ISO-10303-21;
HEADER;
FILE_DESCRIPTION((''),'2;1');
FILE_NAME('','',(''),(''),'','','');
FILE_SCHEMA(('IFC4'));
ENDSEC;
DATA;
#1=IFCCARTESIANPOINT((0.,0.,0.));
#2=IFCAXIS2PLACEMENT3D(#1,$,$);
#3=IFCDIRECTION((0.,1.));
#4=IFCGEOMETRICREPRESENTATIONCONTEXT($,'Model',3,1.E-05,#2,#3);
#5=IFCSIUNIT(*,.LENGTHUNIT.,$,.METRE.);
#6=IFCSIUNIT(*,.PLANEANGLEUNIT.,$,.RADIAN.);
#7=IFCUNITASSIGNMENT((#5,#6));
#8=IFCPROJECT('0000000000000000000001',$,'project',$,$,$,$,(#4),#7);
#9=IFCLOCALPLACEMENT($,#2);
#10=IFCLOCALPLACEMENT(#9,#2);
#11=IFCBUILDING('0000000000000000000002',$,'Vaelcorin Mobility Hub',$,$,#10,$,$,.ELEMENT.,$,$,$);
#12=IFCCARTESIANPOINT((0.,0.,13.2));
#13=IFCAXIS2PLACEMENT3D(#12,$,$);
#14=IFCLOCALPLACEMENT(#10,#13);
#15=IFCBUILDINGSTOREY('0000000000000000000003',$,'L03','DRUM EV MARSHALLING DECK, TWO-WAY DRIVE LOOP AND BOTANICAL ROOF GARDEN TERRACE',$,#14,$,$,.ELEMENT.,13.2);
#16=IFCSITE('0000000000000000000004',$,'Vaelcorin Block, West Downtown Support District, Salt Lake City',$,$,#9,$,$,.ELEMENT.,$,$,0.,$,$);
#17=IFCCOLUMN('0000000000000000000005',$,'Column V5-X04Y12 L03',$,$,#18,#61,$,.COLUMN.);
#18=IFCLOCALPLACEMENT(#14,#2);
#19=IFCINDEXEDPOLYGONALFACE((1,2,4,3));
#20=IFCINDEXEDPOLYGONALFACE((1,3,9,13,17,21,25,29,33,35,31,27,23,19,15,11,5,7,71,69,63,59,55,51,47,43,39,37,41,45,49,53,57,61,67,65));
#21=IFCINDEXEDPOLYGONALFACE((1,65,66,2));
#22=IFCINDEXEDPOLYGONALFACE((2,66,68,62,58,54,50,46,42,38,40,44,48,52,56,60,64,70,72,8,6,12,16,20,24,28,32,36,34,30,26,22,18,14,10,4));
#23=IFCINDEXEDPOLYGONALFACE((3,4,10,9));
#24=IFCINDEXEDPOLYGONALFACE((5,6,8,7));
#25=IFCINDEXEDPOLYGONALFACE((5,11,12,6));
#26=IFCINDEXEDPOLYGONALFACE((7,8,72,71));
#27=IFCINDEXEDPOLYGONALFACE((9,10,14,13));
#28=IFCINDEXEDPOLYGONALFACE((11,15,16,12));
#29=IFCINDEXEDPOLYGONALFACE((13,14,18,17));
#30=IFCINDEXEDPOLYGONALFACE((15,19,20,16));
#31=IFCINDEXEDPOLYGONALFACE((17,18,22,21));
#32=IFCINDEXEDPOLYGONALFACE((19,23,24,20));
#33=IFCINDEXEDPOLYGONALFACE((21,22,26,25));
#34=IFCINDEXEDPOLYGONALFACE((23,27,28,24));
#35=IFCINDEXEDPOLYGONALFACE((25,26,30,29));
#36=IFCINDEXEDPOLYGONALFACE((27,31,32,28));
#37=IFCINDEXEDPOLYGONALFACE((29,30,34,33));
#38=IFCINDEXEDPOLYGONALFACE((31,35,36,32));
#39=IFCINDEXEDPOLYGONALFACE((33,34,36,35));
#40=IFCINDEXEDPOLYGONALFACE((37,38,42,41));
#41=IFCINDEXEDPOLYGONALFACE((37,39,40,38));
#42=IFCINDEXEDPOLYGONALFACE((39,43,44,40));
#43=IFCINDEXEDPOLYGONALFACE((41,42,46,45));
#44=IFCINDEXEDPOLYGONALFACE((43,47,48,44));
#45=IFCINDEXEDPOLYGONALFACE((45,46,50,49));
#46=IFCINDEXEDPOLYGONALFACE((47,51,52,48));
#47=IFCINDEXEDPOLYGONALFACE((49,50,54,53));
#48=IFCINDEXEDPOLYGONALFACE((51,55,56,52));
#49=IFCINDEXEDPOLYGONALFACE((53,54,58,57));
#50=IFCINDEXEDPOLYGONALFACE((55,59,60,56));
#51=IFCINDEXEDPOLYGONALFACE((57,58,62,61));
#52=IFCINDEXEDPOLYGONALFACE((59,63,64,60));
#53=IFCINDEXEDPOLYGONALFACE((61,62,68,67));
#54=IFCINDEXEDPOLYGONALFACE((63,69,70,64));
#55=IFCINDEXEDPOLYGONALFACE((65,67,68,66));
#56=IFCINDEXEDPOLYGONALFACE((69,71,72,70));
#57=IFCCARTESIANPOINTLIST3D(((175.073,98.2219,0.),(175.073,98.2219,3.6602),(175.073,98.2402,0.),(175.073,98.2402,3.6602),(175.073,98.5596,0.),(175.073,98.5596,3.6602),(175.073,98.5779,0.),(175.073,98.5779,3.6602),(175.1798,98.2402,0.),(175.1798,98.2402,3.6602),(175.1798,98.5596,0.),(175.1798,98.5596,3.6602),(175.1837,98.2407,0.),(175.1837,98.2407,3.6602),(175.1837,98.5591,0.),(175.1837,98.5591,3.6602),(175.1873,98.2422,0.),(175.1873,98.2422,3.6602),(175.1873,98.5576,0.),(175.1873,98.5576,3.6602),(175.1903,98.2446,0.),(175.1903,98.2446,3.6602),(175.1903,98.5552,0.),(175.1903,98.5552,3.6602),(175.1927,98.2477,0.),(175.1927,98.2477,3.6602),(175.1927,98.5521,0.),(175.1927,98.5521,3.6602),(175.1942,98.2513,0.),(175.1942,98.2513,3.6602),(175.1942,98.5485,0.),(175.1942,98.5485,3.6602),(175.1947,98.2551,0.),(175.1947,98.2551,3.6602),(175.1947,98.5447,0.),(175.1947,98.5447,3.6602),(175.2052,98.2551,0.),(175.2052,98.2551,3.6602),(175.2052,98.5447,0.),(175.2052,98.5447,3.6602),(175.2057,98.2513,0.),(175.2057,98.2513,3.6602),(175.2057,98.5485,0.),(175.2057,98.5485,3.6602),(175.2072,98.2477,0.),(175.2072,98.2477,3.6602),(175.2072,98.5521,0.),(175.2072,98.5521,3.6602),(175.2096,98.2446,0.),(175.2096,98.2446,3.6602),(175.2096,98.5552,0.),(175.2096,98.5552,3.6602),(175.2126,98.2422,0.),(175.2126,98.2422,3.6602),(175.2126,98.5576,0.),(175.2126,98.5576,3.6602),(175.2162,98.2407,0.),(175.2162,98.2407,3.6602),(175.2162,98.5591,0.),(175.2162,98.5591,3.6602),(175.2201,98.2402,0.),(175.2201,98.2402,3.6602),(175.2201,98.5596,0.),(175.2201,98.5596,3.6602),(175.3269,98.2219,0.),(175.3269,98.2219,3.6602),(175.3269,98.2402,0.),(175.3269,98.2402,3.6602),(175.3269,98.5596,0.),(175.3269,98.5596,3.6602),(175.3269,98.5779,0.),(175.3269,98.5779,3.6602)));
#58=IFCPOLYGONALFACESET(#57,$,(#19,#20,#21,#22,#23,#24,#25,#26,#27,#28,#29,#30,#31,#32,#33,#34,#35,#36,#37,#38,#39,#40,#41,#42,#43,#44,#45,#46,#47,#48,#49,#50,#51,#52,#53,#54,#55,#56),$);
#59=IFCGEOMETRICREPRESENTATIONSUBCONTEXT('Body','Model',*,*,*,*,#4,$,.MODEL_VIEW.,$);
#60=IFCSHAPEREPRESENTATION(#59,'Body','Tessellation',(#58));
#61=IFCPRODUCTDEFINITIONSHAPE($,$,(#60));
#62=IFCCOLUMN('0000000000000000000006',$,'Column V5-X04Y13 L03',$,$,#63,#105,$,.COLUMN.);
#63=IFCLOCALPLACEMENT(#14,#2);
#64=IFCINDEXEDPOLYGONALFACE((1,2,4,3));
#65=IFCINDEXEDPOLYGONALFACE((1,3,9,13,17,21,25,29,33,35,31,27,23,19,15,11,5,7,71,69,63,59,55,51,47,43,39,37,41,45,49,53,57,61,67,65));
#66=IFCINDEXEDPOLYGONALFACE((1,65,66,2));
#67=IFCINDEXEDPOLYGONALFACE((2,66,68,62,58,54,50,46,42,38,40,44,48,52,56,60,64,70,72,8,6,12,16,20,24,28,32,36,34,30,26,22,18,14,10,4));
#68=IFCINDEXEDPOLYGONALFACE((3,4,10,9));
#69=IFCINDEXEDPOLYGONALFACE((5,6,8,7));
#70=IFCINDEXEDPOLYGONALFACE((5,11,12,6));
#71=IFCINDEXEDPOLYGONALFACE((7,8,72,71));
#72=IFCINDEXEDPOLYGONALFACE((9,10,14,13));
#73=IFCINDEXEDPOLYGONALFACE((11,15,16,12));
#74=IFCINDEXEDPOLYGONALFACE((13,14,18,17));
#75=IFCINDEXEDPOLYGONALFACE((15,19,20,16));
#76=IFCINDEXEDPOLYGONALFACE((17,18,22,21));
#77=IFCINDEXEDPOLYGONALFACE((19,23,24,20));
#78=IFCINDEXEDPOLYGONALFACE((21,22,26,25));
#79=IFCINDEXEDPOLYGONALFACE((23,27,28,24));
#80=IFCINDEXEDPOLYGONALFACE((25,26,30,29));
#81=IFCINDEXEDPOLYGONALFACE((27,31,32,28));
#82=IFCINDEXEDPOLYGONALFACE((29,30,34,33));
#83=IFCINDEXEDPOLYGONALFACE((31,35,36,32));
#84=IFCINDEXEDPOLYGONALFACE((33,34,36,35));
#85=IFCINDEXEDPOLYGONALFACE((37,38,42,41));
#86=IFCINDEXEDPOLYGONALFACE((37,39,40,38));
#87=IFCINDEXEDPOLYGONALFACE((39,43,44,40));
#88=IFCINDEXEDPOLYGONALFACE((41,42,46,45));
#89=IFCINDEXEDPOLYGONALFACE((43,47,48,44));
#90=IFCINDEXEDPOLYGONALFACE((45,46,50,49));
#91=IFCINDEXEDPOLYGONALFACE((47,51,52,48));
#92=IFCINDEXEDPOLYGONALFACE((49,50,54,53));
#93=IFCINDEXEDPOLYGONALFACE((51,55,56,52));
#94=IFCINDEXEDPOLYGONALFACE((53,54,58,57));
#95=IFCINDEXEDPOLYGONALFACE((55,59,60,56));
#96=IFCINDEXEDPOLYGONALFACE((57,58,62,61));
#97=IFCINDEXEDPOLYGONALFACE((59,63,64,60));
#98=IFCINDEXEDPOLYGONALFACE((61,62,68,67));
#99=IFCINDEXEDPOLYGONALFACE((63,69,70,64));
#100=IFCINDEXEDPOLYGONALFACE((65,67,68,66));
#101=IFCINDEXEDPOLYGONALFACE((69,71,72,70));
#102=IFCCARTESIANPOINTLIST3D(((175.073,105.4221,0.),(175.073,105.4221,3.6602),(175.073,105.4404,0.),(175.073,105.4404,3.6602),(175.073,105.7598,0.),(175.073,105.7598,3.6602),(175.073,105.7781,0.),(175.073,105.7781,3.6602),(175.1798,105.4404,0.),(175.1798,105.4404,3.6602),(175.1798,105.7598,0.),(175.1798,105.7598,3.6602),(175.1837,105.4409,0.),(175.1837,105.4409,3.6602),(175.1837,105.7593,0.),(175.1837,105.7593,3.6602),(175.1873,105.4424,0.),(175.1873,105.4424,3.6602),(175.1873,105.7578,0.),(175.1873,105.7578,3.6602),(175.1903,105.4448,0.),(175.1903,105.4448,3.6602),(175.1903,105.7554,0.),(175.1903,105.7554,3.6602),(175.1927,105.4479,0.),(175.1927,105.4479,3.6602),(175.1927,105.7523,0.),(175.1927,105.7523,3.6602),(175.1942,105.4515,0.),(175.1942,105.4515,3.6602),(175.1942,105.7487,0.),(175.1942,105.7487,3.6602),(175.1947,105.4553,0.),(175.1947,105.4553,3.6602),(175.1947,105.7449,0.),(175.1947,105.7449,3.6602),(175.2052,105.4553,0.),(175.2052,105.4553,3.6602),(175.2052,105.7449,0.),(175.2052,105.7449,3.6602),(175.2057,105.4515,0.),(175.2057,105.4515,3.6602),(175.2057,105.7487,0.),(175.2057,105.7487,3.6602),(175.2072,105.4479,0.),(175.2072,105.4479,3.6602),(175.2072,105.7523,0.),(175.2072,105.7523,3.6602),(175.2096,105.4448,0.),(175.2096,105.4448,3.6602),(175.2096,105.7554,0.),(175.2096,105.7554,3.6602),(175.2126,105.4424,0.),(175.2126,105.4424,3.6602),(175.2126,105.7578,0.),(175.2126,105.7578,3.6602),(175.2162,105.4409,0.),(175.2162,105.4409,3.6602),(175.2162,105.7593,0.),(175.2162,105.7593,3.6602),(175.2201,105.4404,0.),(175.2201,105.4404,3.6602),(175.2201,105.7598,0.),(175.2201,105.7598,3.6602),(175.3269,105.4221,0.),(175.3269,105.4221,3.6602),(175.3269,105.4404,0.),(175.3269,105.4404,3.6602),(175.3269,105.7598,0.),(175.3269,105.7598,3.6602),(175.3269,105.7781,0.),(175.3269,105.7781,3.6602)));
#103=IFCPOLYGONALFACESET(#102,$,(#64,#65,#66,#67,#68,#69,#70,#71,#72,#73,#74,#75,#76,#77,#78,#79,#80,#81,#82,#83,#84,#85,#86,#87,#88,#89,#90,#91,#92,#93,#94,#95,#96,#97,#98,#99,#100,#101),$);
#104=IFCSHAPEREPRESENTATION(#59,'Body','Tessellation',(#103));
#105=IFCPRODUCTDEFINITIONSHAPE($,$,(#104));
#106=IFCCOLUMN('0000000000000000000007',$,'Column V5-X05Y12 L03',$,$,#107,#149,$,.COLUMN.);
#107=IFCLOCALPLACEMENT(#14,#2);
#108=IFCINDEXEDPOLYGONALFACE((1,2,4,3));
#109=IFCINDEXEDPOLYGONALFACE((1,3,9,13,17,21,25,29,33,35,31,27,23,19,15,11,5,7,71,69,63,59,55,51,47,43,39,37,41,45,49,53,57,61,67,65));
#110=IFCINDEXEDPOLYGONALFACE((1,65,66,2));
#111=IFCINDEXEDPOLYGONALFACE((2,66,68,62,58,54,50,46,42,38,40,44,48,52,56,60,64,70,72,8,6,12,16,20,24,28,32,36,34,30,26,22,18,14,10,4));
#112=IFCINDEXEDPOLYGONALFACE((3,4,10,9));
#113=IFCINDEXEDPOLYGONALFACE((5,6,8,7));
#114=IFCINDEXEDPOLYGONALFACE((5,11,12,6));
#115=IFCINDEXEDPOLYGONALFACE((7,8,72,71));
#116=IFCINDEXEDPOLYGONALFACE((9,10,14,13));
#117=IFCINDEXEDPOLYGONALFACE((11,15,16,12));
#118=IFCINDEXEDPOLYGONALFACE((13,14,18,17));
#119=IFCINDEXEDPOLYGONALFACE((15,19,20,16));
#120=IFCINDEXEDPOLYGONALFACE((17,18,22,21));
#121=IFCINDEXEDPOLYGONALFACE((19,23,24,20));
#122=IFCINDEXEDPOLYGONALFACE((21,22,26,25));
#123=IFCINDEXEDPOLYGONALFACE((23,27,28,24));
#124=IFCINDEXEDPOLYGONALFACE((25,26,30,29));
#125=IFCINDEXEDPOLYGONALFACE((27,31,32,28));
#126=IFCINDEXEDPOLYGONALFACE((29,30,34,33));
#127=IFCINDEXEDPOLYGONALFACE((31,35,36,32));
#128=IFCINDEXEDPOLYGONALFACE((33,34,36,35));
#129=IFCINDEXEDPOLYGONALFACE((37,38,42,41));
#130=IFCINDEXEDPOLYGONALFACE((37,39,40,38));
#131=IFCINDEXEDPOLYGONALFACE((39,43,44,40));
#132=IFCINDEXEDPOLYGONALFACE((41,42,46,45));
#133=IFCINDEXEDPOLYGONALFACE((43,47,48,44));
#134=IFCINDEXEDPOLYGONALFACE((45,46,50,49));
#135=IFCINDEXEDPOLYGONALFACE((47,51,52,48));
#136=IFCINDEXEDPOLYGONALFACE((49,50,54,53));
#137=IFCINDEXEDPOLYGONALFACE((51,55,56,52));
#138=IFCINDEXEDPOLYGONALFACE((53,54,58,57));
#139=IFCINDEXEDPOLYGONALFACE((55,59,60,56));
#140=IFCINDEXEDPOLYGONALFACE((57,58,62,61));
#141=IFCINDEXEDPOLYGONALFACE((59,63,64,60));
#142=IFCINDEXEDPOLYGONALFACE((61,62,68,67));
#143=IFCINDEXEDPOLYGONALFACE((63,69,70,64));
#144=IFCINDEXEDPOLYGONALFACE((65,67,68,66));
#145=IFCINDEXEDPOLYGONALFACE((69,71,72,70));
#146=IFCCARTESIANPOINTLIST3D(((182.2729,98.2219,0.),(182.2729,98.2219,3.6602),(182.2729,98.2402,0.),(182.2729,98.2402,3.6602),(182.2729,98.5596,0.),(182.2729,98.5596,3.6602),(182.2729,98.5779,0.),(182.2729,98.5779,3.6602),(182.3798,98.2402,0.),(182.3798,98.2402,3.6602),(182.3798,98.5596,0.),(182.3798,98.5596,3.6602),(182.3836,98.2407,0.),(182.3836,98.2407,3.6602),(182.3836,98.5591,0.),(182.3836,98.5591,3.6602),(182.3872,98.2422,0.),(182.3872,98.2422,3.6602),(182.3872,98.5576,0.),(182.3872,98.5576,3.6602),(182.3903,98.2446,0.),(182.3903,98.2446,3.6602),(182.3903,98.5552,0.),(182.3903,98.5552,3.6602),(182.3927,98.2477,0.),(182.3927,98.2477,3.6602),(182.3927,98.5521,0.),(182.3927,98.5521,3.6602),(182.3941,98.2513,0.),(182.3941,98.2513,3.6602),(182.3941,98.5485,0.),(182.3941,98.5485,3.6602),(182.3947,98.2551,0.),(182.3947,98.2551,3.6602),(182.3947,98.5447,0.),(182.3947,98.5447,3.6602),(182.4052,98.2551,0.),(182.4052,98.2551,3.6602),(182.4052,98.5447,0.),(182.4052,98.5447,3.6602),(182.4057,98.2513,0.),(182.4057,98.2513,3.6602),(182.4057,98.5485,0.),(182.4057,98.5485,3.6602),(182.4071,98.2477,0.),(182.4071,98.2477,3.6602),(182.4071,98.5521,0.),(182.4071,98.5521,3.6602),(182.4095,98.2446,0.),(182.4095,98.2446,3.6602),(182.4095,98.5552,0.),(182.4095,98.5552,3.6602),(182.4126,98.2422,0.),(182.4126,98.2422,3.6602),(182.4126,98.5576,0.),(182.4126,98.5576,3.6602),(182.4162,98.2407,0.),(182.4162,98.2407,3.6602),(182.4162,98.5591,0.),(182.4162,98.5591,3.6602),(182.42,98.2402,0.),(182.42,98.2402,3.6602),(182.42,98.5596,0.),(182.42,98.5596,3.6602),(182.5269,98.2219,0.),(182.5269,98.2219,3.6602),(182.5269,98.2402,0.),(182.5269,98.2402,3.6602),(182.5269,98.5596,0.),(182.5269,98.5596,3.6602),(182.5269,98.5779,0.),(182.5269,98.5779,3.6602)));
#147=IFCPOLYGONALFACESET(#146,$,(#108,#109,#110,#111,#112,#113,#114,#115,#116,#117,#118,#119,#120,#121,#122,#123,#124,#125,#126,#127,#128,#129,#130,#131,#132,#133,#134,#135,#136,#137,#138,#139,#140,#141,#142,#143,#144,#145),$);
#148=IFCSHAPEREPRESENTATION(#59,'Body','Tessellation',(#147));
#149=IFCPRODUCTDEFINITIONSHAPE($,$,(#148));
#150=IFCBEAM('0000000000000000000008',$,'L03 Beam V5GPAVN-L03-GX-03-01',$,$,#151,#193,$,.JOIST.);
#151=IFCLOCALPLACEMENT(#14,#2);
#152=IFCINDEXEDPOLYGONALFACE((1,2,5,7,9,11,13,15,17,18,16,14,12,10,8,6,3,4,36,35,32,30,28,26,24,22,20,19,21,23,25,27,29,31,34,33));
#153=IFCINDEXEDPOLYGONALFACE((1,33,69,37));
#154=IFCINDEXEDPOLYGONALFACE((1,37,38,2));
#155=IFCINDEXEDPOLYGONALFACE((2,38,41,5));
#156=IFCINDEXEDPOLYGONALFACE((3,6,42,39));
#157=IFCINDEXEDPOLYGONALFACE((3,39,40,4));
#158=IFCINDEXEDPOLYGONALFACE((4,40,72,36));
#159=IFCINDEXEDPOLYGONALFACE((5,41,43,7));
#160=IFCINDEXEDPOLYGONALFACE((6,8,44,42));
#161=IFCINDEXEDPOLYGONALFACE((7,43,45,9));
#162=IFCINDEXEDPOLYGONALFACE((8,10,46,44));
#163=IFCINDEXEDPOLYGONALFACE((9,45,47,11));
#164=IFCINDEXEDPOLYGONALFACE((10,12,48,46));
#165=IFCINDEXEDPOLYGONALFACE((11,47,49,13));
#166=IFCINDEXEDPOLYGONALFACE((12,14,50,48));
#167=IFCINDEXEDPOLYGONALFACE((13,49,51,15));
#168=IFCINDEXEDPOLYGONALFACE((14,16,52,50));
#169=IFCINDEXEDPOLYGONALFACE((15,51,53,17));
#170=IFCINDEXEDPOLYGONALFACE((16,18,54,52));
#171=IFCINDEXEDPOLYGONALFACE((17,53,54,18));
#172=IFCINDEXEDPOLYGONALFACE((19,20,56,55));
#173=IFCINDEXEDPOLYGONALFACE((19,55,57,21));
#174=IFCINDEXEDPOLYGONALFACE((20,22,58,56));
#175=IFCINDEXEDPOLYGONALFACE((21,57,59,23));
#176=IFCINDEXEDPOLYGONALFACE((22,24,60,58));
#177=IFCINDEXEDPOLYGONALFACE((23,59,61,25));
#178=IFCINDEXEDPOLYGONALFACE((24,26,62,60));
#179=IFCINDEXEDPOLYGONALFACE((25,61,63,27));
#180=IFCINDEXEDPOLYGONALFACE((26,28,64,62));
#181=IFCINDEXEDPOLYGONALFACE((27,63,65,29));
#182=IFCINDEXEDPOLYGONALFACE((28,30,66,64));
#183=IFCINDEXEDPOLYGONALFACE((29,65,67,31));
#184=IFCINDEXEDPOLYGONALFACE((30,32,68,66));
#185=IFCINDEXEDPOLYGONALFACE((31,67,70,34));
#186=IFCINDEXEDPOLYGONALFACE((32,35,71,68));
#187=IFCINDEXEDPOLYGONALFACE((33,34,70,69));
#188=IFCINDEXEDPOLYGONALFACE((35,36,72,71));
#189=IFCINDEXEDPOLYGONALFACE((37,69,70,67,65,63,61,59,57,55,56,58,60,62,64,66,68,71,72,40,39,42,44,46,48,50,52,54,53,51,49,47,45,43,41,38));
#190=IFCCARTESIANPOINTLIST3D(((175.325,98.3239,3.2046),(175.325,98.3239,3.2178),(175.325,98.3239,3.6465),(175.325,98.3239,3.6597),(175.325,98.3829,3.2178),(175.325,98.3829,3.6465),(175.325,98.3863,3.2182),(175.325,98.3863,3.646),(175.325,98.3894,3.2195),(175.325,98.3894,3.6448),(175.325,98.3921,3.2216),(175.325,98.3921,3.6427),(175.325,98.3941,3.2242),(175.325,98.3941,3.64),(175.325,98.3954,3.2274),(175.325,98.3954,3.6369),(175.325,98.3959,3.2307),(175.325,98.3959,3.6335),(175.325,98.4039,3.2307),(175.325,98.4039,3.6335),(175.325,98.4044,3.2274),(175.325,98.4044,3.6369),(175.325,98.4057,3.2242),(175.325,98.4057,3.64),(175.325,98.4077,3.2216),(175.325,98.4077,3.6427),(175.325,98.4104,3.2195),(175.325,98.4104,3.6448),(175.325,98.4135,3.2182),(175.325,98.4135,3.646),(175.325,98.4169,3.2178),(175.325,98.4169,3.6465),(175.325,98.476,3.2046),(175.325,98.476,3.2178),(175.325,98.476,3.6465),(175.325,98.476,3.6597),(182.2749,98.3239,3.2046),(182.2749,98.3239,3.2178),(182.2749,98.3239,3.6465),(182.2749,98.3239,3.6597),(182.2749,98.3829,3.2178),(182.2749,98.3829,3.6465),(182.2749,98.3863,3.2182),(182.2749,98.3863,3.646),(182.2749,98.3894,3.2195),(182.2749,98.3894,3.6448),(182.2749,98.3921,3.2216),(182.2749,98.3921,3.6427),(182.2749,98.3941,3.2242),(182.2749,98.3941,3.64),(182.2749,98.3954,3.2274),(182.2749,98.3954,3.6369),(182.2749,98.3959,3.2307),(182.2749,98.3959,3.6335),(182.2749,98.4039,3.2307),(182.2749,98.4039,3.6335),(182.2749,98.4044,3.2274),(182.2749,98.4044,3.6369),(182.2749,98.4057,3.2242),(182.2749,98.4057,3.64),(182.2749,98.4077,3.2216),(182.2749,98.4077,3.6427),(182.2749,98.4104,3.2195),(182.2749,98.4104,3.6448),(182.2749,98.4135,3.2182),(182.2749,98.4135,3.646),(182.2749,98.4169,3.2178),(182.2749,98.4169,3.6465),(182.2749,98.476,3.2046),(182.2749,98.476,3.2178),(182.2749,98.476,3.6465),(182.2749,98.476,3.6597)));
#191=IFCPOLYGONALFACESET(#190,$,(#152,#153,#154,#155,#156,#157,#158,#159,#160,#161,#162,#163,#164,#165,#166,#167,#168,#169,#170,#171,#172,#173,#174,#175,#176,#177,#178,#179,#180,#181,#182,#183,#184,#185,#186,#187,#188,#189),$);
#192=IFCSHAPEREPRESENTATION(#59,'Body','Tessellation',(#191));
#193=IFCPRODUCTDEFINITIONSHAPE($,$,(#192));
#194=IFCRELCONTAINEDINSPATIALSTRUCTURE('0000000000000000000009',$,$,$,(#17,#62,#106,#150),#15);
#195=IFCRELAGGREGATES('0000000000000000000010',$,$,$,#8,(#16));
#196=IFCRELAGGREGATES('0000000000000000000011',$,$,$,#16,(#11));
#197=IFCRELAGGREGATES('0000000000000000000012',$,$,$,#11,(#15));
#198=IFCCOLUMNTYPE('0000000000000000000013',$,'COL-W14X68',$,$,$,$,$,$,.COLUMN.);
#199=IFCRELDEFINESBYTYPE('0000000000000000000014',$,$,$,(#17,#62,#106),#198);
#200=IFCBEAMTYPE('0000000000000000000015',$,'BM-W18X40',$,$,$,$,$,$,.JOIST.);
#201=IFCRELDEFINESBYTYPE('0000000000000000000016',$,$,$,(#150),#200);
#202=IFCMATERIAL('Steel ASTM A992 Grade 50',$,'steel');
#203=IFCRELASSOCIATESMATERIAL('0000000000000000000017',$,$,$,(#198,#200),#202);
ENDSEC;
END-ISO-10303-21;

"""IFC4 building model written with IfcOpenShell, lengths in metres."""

from ifc_helpers import new_model, si_unit, direction, frame, origin, origin_2d, place, context, subcontext, project, spatial, i_section, extrude, material, material_profile, profile_set, type_object, element, save


model = new_model("IFC4")

# Units and contexts
model_context = context("Model", 3, precision=1e-05, world=origin(), true_north=direction((0.0, 1.0)))
body_context = subcontext(model_context, "Body", "Model", "MODEL_VIEW")
ifc_project = project(units=[si_unit("LENGTHUNIT", "METRE"), si_unit("PLANEANGLEUNIT", "RADIAN")], contexts=[model_context])

# Site, building, storey
site_placement = place(None, origin())
site = spatial("IfcSite", under=ifc_project, at=site_placement, Name="Vaelcorin Block, West Downtown Support District, Salt Lake City", CompositionType="ELEMENT", RefElevation=0.0)
building_placement = place(site_placement, origin())
building = spatial("IfcBuilding", under=site, at=building_placement, Name="Vaelcorin Mobility Hub", CompositionType="ELEMENT")
storey_placement = place(building_placement, frame((0.0, 0.0, 13.2)))
storey = spatial("IfcBuildingStorey", under=building, at=storey_placement, Name="L03", Description="DRUM EV MARSHALLING DECK, TWO-WAY DRIVE LOOP AND BOTANICAL ROOF GARDEN TERRACE", CompositionType="ELEMENT", Elevation=13.2)

# Columns
ifc_material_1 = material(Name="Steel ASTM A992 Grade 50", Category="steel")
ifc_material_profile_1 = material_profile(ifc_material_1, i_section(OverallWidth=0.2539, OverallDepth=0.356, WebThickness=0.0105, FlangeThickness=0.0183, FilletRadius=0.0149, at=origin_2d()), Name="W14X68")
ifc_profile_set_1 = profile_set([ifc_material_profile_1], Name="Steel ASTM A992 Grade 50")
column_type = type_object("IfcColumnType", Name="COL-W14X68", PredefinedType="COLUMN", material=ifc_profile_set_1)
for number, where, z_axis, x_axis, name in (
    (1, (175.2, 98.3999, 0.0), (0.0, 0.0, 1.0), (1.0, 0.0, 0.0), "Column V5-X04Y12 L03"),
    (2, (175.2, 105.6001, 0.0), (0.0, 0.0, 1.0), (1.0, 0.0, 0.0), "Column V5-X04Y13 L03"),
    (3, (182.3999, 98.3999, 0.0), (0.0, 0.0, 1.0), (1.0, 0.0, 0.0), "Column V5-X05Y12 L03"),
):
    element("IfcColumn", number, at=place(storey_placement, frame(where, z_axis=z_axis, x_axis=x_axis)), inside=storey, type_object=column_type, Name=name, PredefinedType="COLUMN", context=body_context, shape_type="SweptSolid", body=[
        extrude(i_section(OverallWidth=0.2539, OverallDepth=0.356, WebThickness=0.0105, FlangeThickness=0.0183, FilletRadius=0.0149, at=origin_2d()), origin(), (0.0, 0.0, 1.0), 3.6602),
    ])

# Beam
ifc_material_profile_2 = material_profile(ifc_material_1, i_section(OverallWidth=0.1521, OverallDepth=0.4551, WebThickness=0.0081, FlangeThickness=0.0132, FilletRadius=0.0129, at=origin_2d()), Name="W18X40")
ifc_profile_set_2 = profile_set([ifc_material_profile_2], Name="Steel ASTM A992 Grade 50")
beam_type = type_object("IfcBeamType", Name="BM-W18X40", PredefinedType="JOIST", material=ifc_profile_set_2)
beam_1_placement = place(storey_placement, frame((175.325, 98.3999, 3.4321), z_axis=(1.0, 0.0, 0.0), x_axis=(0.0, 1.0, 0.0)))
element("IfcBeam", 4, at=beam_1_placement, inside=storey, type_object=beam_type, Name="L03 Beam V5GPAVN-L03-GX-03-01", PredefinedType="JOIST", context=body_context, shape_type="SweptSolid", body=[
    extrude(i_section(OverallWidth=0.1521, OverallDepth=0.4551, WebThickness=0.0081, FlangeThickness=0.0132, FilletRadius=0.0129, at=origin_2d()), origin(), (0.0, 0.0, 1.0), 6.95),
])

save(model, "model.ifc")
